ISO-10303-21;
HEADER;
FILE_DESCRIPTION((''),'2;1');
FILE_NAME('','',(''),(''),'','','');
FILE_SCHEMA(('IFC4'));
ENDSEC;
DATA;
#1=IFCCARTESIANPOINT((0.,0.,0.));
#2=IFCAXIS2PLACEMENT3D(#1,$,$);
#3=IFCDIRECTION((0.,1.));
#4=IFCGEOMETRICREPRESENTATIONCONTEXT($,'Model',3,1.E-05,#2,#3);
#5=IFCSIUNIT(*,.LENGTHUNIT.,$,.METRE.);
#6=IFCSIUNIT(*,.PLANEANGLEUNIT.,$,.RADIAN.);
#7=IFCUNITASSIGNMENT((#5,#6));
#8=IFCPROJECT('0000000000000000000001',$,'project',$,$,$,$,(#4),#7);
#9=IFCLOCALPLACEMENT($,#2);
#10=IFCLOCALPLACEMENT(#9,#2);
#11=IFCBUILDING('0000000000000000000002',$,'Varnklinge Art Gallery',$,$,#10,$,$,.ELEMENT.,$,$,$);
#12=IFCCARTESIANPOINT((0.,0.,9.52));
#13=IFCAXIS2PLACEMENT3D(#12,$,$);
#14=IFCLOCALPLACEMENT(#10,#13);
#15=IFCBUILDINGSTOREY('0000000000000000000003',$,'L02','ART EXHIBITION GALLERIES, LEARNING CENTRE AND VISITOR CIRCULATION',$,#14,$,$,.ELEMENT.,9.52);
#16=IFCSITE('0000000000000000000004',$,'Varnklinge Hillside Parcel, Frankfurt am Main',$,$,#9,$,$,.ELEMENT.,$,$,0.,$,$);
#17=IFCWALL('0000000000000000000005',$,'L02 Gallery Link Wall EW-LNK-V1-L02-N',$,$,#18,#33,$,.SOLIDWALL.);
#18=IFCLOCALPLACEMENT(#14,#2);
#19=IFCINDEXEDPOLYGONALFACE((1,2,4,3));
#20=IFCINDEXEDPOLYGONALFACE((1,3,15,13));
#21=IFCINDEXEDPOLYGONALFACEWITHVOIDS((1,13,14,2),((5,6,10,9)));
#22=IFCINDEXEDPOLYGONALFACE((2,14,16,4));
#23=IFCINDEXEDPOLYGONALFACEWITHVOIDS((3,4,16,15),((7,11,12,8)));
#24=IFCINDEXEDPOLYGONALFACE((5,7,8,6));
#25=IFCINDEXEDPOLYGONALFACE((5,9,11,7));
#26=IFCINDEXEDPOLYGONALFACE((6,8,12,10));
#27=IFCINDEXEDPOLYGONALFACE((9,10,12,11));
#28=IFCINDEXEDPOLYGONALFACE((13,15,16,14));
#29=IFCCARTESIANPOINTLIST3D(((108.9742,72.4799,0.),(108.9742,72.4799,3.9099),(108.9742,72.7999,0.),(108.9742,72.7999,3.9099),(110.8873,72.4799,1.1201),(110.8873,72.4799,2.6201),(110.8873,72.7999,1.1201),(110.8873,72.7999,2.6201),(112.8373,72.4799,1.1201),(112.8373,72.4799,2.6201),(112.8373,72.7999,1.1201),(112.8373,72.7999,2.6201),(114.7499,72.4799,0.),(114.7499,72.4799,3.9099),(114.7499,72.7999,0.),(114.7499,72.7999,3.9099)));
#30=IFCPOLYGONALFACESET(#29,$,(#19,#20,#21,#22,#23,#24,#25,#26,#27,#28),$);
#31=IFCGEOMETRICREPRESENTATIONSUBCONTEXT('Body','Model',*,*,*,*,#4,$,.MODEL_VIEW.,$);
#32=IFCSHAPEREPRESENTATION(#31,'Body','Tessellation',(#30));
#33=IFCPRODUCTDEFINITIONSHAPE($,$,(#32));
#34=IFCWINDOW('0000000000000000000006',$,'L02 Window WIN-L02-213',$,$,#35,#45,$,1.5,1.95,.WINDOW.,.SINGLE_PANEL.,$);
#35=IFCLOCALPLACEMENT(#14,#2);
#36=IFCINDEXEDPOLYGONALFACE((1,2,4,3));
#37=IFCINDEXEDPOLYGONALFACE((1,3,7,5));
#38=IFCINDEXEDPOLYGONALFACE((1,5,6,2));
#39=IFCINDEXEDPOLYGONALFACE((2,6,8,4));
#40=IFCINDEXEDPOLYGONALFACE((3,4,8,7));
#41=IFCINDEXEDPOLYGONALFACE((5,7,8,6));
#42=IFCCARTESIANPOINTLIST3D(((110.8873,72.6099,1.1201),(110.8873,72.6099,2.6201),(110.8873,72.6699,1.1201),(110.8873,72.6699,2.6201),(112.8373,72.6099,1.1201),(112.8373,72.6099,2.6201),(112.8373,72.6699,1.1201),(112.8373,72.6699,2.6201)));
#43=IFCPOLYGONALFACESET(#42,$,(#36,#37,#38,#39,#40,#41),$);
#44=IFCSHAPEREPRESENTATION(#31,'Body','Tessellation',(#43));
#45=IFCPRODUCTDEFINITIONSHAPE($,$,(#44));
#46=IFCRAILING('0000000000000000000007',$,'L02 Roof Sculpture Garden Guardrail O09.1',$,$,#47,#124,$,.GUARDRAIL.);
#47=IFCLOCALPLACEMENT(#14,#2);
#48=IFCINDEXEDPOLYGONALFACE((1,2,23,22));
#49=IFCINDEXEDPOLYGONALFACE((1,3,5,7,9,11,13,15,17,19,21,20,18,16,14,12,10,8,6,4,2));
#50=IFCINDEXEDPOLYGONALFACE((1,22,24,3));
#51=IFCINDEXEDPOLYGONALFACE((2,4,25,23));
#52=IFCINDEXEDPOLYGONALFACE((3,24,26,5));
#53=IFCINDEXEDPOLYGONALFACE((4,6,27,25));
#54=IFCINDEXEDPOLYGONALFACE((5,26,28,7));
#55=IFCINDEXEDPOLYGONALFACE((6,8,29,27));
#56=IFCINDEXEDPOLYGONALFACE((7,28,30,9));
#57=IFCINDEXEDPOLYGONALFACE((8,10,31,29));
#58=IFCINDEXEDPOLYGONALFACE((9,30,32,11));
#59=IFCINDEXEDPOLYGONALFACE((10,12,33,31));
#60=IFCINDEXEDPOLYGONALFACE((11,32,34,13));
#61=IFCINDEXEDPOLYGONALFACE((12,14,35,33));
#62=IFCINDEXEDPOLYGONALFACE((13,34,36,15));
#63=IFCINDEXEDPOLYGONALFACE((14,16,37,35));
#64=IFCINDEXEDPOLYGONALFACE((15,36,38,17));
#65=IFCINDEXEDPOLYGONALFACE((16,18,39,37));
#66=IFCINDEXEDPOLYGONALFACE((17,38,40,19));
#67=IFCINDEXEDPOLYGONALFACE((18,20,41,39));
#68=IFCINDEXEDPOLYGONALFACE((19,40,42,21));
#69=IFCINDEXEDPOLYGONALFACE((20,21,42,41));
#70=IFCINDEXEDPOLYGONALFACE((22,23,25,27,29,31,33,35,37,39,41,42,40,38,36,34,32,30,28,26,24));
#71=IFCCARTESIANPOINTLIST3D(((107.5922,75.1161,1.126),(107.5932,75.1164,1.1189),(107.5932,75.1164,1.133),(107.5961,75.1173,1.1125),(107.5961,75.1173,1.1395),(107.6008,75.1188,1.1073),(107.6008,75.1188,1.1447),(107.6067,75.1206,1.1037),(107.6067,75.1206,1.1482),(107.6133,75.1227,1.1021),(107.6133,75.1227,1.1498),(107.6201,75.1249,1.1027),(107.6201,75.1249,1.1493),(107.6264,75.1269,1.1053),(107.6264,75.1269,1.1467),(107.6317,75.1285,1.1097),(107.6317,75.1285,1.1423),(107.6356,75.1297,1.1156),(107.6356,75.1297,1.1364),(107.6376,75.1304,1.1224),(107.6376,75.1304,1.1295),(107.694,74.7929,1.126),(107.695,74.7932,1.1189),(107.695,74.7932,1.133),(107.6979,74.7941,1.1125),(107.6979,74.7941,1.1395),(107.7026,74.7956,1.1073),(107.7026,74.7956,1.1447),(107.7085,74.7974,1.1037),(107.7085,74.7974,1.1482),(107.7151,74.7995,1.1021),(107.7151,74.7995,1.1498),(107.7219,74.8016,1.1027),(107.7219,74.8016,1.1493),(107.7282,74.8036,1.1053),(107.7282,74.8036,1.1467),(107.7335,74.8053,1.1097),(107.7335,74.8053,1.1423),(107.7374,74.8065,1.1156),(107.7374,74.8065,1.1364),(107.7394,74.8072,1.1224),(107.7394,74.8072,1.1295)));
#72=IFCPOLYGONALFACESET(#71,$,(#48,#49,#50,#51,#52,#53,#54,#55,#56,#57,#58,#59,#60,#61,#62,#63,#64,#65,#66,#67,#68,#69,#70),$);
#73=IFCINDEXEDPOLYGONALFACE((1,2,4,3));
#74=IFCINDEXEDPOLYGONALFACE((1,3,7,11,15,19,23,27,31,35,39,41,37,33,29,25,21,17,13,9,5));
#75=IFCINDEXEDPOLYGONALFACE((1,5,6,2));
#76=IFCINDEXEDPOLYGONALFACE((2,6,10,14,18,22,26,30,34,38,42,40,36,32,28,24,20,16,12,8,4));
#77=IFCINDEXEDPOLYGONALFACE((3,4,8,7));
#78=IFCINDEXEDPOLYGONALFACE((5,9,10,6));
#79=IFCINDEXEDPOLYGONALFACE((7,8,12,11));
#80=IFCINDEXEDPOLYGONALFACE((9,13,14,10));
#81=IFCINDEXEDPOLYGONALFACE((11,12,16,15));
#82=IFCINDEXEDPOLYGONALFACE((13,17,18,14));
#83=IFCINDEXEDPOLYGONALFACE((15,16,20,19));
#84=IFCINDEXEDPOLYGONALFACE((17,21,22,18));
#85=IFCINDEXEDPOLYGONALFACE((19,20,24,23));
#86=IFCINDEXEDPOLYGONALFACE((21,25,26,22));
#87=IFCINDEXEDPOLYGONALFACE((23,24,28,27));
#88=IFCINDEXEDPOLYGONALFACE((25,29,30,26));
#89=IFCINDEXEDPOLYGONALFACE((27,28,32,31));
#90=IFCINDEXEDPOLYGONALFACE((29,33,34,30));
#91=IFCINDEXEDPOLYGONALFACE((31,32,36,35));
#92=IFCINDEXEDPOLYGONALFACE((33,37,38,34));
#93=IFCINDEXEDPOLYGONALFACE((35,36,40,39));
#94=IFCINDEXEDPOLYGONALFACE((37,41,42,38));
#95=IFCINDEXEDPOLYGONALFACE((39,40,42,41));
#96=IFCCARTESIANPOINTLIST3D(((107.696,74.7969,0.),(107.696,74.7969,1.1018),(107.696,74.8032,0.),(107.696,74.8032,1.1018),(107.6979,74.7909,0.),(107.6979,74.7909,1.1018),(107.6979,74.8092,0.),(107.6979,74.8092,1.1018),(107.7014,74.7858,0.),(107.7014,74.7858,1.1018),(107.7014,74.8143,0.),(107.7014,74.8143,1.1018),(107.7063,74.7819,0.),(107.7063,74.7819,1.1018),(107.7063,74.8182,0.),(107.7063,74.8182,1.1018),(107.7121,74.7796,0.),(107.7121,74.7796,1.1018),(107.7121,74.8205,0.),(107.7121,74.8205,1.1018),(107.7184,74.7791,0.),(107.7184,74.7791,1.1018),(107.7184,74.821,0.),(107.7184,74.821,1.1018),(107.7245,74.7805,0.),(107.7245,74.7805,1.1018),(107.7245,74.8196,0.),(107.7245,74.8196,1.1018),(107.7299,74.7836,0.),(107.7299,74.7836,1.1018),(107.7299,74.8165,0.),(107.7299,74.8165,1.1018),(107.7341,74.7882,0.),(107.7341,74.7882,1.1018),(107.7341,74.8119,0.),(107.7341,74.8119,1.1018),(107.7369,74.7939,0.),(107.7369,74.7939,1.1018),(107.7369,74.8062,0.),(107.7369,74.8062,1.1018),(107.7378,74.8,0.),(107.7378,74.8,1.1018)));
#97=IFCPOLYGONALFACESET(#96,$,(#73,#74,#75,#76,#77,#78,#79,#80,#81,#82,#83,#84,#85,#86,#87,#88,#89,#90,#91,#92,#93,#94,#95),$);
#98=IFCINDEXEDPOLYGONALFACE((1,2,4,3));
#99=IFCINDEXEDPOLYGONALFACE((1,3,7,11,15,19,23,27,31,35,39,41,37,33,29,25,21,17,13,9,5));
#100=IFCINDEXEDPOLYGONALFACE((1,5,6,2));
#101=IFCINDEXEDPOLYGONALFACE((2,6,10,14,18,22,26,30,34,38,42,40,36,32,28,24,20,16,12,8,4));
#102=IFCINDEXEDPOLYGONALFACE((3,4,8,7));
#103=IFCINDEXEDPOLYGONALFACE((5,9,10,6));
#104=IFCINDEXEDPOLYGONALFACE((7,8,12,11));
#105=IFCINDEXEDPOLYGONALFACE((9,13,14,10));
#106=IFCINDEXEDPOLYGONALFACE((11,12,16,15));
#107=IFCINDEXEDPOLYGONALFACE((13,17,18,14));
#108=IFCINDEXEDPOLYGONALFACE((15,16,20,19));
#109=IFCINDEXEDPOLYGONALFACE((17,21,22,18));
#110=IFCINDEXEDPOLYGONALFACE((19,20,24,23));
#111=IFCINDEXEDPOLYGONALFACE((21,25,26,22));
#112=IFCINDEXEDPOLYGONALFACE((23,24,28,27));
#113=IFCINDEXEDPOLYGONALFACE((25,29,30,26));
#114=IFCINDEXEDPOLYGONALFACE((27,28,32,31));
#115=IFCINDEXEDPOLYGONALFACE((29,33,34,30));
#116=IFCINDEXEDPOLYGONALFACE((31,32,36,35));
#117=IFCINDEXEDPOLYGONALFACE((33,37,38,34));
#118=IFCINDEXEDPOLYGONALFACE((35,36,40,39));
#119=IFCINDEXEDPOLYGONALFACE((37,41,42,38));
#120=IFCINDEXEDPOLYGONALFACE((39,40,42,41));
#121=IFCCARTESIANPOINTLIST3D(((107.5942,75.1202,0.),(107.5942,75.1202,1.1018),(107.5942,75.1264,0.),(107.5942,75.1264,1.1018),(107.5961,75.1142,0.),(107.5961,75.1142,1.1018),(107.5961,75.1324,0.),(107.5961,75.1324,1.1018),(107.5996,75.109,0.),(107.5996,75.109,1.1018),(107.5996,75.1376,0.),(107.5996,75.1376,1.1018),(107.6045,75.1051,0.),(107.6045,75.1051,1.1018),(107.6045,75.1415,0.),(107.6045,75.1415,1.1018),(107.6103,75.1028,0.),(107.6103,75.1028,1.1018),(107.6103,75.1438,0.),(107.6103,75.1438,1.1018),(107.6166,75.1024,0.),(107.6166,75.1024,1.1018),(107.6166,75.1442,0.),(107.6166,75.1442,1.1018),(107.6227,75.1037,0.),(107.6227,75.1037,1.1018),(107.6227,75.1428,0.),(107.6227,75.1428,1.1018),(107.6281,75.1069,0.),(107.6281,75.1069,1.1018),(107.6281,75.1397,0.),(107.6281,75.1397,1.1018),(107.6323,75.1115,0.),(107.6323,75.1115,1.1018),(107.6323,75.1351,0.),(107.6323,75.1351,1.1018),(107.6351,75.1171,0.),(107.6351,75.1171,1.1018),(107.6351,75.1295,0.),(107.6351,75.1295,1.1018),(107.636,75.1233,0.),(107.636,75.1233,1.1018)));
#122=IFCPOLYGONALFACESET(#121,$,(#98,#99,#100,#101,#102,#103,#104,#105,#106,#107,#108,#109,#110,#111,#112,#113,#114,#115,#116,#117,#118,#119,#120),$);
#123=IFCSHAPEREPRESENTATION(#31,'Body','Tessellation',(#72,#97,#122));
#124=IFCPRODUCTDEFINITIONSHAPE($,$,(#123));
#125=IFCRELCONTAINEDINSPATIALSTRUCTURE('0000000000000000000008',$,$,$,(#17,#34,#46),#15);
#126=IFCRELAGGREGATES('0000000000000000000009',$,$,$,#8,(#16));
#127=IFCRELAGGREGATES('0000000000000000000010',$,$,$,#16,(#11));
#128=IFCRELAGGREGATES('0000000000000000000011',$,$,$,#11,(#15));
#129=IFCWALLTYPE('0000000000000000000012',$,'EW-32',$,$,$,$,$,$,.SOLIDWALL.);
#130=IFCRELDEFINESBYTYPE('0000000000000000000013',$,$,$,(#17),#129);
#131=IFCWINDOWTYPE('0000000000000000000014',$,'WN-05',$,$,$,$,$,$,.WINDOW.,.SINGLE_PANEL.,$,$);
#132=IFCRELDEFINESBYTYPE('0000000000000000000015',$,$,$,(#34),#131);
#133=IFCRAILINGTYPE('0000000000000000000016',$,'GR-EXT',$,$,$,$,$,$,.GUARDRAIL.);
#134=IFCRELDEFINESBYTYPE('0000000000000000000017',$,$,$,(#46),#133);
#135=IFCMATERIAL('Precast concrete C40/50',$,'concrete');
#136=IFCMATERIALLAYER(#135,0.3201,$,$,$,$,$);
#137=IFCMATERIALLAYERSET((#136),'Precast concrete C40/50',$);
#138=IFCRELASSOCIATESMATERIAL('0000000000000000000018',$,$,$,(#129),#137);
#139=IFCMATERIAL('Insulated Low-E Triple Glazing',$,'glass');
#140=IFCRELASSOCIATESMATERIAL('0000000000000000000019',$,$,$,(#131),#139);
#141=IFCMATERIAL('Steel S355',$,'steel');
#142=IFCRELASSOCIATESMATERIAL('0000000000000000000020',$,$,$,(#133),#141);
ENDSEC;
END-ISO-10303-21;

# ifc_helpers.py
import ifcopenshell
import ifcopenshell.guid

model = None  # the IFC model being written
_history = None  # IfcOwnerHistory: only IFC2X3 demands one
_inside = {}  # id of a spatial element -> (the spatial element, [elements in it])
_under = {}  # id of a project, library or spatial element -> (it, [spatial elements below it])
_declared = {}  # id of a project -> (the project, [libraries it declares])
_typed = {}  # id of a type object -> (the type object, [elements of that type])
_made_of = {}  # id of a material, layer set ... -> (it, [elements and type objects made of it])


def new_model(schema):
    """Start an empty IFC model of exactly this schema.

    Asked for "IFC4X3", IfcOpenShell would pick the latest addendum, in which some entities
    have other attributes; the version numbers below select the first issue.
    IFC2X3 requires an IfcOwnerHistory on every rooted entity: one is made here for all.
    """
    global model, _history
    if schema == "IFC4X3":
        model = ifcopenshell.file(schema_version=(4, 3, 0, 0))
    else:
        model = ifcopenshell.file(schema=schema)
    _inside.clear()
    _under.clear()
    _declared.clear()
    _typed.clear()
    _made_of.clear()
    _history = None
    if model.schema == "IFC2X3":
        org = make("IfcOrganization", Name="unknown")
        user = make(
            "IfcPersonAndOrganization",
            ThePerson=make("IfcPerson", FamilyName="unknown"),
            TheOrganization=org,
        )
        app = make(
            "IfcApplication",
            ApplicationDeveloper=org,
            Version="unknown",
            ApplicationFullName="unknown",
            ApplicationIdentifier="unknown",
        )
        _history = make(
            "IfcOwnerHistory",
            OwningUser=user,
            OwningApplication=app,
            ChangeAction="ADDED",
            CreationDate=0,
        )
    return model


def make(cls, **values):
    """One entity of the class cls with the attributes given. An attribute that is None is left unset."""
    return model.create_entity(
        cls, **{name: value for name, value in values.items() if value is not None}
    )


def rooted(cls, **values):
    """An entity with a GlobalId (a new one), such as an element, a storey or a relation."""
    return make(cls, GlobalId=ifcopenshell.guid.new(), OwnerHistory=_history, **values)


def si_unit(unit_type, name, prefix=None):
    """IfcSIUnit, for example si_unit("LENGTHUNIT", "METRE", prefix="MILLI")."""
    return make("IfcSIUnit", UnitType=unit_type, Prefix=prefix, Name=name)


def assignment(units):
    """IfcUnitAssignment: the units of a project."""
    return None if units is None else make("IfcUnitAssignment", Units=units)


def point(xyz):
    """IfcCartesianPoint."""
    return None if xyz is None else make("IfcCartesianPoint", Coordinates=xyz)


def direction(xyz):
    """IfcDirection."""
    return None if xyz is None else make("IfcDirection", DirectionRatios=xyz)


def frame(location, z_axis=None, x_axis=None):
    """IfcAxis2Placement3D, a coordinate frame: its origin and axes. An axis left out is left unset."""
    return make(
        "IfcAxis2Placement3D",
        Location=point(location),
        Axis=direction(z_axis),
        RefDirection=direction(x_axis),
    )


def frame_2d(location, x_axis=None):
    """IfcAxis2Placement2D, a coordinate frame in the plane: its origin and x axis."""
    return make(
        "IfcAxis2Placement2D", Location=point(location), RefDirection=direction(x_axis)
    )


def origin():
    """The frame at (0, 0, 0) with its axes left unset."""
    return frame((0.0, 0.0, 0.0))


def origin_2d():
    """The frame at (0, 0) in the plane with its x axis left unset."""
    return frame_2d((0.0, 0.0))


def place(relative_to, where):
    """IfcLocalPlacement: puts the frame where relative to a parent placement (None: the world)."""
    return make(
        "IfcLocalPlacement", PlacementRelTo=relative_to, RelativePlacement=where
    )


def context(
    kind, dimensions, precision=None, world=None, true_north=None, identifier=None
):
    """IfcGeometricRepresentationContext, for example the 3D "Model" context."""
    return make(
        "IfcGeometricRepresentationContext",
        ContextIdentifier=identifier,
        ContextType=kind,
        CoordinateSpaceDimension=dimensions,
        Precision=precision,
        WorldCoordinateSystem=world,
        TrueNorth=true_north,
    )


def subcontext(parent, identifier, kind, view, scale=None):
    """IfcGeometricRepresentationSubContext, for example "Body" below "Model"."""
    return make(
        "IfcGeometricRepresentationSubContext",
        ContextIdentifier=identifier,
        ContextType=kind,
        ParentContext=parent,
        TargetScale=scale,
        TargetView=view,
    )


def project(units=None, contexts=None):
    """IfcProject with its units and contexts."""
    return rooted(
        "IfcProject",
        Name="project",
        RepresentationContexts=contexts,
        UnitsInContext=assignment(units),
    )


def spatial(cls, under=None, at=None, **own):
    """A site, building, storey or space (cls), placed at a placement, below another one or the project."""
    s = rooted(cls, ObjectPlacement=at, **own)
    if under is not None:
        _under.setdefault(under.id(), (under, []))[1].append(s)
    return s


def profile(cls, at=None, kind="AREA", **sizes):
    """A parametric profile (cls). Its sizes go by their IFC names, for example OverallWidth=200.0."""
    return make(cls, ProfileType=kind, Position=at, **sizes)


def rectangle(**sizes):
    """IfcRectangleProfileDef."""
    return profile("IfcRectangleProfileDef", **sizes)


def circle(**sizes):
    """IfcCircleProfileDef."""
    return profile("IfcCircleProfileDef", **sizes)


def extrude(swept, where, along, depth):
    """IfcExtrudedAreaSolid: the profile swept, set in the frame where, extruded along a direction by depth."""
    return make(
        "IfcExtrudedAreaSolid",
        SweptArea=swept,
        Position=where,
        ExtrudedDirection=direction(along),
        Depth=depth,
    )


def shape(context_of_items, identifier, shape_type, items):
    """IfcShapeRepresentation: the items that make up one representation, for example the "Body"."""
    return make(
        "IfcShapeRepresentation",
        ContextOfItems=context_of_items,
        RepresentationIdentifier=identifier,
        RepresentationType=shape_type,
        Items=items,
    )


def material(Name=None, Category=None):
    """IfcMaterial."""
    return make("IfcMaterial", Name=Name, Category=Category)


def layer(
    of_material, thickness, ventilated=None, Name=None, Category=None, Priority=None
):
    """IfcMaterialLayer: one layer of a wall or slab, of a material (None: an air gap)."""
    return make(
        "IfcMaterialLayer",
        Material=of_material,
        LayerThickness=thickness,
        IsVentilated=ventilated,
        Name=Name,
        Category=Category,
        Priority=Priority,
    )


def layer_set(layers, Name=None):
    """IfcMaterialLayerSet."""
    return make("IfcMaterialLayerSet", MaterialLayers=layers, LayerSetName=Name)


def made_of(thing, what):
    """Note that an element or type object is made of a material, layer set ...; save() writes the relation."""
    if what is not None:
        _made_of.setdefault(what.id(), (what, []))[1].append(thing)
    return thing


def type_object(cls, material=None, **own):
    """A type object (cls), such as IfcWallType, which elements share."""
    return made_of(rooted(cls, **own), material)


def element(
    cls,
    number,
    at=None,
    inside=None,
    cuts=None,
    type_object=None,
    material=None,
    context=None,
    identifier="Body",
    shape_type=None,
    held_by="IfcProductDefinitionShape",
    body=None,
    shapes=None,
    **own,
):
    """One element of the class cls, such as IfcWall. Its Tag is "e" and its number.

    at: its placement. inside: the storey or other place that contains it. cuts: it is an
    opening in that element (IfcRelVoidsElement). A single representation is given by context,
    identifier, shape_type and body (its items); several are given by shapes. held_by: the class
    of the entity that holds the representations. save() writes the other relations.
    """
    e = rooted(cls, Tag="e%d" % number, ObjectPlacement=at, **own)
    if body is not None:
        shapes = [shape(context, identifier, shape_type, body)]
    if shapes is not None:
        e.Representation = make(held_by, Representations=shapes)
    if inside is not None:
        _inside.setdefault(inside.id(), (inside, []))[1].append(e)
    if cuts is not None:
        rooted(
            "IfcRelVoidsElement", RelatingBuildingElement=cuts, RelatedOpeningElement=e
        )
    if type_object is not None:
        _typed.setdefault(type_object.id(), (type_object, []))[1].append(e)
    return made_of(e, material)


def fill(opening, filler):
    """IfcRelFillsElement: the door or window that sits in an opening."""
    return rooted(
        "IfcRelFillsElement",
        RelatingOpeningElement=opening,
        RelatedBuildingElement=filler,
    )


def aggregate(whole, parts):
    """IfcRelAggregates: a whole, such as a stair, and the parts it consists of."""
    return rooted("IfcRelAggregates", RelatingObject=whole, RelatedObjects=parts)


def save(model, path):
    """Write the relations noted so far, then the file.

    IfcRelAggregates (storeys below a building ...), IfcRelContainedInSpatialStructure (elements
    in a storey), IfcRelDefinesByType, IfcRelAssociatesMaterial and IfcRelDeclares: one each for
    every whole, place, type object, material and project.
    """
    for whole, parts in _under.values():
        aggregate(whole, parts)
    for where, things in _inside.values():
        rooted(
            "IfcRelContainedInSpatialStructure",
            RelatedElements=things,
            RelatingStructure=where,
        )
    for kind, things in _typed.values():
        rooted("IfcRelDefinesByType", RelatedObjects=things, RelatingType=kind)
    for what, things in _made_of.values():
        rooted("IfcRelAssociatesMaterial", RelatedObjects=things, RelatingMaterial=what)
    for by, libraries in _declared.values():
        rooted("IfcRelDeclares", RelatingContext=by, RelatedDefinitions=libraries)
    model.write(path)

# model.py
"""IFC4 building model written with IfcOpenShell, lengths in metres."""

from ifc_helpers import new_model, si_unit, direction, frame, frame_2d, origin, origin_2d, place, context, subcontext, project, spatial, rectangle, circle, extrude, material, layer, layer_set, type_object, element, fill, save


model = new_model("IFC4")

# Units and contexts
model_context = context("Model", 3, precision=1e-05, world=origin(), true_north=direction((0.0, 1.0)))
body_context = subcontext(model_context, "Body", "Model", "MODEL_VIEW")
ifc_project = project(units=[si_unit("LENGTHUNIT", "METRE"), si_unit("PLANEANGLEUNIT", "RADIAN")], contexts=[model_context])

# Site, building, storey
site_placement = place(None, origin())
site = spatial("IfcSite", under=ifc_project, at=site_placement, Name="Varnklinge Hillside Parcel, Frankfurt am Main", CompositionType="ELEMENT", RefElevation=0.0)
building_placement = place(site_placement, origin())
building = spatial("IfcBuilding", under=site, at=building_placement, Name="Varnklinge Art Gallery", CompositionType="ELEMENT")
storey_placement = place(building_placement, frame((0.0, 0.0, 9.52)))
storey = spatial("IfcBuildingStorey", under=building, at=storey_placement, Name="L02", Description="ART EXHIBITION GALLERIES, LEARNING CENTRE AND VISITOR CIRCULATION", CompositionType="ELEMENT", Elevation=9.52)

# Wall, opening, window
ifc_material_1 = material(Name="Precast concrete C40/50", Category="concrete")
ifc_layer_1 = layer(ifc_material_1, 0.3201)
ifc_layer_set_1 = layer_set([ifc_layer_1], Name="Precast concrete C40/50")
wall_type = type_object("IfcWallType", Name="EW-32", PredefinedType="SOLIDWALL", material=ifc_layer_set_1)
wall_placement = place(storey_placement, frame((108.9744, 72.6399, 0.0), z_axis=(0.0, 0.0, 1.0), x_axis=(1.0, 0.0, 0.0)))
wall = element("IfcWall", 1, at=wall_placement, inside=storey, type_object=wall_type, Name="L02 Gallery Link Wall EW-LNK-V1-L02-N", PredefinedType="SOLIDWALL", context=body_context, shape_type="SweptSolid", body=[
    extrude(rectangle(XDim=5.7756, YDim=0.3201, at=frame_2d((2.8877, 0.0))), origin(), (0.0, 0.0, 1.0), 3.9099),
])
opening_placement = place(wall_placement, frame((1.9128, 0.0, 1.1201)))
opening = element("IfcOpeningElement", 2, at=opening_placement, cuts=wall, PredefinedType="OPENING", context=body_context, shape_type="SweptSolid", body=[
    extrude(rectangle(XDim=1.95, YDim=1.5, at=frame_2d((0.9751, 0.75))), frame((0.0, 0.1702, 0.0), z_axis=(0.0, -1.0, 0.0), x_axis=(1.0, 0.0, 0.0)), (0.0, 0.0, 1.0), 0.3401),
])
ifc_material_2 = material(Name="Insulated Low-E Triple Glazing", Category="glass")
window_type = type_object("IfcWindowType", Name="WN-05", PartitioningType="SINGLE_PANEL", PredefinedType="WINDOW", material=ifc_material_2)
window_placement = place(opening_placement, origin())
window = element("IfcWindow", 3, at=window_placement, inside=storey, type_object=window_type, Name="L02 Window WIN-L02-213", OverallHeight=1.5, OverallWidth=1.95, PartitioningType="SINGLE_PANEL", PredefinedType="WINDOW", context=body_context, shape_type="SweptSolid", body=[
    extrude(rectangle(XDim=1.95, YDim=1.5, at=frame_2d((0.9751, 0.75))), frame((0.0, 0.03, 0.0), z_axis=(0.0, -1.0, 0.0), x_axis=(1.0, 0.0, 0.0)), (0.0, 0.0, 1.0), 0.0601),
])
fill(opening, window)

# Railing
ifc_material_3 = material(Name="Steel S355", Category="steel")
railing_type = type_object("IfcRailingType", Name="GR-EXT", PredefinedType="GUARDRAIL", material=ifc_material_3)
railing_1_placement = place(storey_placement, frame((107.7168, 74.8, 0.0)))
element("IfcRailing", 4, at=railing_1_placement, inside=storey, type_object=railing_type, Name="L02 Roof Sculpture Garden Guardrail O09.1", PredefinedType="GUARDRAIL", context=body_context, shape_type="SweptSolid", body=[
    extrude(circle(Radius=0.0239, at=origin_2d()), frame((0.0, 0.0, 1.126), z_axis=(-0.300407, 0.953811, 0.0), x_axis=(-0.953811, -0.300407, 0.0)), (0.0, 0.0, 1.0), 0.3389),
    extrude(circle(Radius=0.021, at=origin_2d()), origin(), (0.0, 0.0, 1.0), 1.1018),
    extrude(circle(Radius=0.021, at=origin_2d()), frame((-0.1018, 0.3232, 0.0)), (0.0, 0.0, 1.0), 1.1018),
])

save(model, "model.ifc")
